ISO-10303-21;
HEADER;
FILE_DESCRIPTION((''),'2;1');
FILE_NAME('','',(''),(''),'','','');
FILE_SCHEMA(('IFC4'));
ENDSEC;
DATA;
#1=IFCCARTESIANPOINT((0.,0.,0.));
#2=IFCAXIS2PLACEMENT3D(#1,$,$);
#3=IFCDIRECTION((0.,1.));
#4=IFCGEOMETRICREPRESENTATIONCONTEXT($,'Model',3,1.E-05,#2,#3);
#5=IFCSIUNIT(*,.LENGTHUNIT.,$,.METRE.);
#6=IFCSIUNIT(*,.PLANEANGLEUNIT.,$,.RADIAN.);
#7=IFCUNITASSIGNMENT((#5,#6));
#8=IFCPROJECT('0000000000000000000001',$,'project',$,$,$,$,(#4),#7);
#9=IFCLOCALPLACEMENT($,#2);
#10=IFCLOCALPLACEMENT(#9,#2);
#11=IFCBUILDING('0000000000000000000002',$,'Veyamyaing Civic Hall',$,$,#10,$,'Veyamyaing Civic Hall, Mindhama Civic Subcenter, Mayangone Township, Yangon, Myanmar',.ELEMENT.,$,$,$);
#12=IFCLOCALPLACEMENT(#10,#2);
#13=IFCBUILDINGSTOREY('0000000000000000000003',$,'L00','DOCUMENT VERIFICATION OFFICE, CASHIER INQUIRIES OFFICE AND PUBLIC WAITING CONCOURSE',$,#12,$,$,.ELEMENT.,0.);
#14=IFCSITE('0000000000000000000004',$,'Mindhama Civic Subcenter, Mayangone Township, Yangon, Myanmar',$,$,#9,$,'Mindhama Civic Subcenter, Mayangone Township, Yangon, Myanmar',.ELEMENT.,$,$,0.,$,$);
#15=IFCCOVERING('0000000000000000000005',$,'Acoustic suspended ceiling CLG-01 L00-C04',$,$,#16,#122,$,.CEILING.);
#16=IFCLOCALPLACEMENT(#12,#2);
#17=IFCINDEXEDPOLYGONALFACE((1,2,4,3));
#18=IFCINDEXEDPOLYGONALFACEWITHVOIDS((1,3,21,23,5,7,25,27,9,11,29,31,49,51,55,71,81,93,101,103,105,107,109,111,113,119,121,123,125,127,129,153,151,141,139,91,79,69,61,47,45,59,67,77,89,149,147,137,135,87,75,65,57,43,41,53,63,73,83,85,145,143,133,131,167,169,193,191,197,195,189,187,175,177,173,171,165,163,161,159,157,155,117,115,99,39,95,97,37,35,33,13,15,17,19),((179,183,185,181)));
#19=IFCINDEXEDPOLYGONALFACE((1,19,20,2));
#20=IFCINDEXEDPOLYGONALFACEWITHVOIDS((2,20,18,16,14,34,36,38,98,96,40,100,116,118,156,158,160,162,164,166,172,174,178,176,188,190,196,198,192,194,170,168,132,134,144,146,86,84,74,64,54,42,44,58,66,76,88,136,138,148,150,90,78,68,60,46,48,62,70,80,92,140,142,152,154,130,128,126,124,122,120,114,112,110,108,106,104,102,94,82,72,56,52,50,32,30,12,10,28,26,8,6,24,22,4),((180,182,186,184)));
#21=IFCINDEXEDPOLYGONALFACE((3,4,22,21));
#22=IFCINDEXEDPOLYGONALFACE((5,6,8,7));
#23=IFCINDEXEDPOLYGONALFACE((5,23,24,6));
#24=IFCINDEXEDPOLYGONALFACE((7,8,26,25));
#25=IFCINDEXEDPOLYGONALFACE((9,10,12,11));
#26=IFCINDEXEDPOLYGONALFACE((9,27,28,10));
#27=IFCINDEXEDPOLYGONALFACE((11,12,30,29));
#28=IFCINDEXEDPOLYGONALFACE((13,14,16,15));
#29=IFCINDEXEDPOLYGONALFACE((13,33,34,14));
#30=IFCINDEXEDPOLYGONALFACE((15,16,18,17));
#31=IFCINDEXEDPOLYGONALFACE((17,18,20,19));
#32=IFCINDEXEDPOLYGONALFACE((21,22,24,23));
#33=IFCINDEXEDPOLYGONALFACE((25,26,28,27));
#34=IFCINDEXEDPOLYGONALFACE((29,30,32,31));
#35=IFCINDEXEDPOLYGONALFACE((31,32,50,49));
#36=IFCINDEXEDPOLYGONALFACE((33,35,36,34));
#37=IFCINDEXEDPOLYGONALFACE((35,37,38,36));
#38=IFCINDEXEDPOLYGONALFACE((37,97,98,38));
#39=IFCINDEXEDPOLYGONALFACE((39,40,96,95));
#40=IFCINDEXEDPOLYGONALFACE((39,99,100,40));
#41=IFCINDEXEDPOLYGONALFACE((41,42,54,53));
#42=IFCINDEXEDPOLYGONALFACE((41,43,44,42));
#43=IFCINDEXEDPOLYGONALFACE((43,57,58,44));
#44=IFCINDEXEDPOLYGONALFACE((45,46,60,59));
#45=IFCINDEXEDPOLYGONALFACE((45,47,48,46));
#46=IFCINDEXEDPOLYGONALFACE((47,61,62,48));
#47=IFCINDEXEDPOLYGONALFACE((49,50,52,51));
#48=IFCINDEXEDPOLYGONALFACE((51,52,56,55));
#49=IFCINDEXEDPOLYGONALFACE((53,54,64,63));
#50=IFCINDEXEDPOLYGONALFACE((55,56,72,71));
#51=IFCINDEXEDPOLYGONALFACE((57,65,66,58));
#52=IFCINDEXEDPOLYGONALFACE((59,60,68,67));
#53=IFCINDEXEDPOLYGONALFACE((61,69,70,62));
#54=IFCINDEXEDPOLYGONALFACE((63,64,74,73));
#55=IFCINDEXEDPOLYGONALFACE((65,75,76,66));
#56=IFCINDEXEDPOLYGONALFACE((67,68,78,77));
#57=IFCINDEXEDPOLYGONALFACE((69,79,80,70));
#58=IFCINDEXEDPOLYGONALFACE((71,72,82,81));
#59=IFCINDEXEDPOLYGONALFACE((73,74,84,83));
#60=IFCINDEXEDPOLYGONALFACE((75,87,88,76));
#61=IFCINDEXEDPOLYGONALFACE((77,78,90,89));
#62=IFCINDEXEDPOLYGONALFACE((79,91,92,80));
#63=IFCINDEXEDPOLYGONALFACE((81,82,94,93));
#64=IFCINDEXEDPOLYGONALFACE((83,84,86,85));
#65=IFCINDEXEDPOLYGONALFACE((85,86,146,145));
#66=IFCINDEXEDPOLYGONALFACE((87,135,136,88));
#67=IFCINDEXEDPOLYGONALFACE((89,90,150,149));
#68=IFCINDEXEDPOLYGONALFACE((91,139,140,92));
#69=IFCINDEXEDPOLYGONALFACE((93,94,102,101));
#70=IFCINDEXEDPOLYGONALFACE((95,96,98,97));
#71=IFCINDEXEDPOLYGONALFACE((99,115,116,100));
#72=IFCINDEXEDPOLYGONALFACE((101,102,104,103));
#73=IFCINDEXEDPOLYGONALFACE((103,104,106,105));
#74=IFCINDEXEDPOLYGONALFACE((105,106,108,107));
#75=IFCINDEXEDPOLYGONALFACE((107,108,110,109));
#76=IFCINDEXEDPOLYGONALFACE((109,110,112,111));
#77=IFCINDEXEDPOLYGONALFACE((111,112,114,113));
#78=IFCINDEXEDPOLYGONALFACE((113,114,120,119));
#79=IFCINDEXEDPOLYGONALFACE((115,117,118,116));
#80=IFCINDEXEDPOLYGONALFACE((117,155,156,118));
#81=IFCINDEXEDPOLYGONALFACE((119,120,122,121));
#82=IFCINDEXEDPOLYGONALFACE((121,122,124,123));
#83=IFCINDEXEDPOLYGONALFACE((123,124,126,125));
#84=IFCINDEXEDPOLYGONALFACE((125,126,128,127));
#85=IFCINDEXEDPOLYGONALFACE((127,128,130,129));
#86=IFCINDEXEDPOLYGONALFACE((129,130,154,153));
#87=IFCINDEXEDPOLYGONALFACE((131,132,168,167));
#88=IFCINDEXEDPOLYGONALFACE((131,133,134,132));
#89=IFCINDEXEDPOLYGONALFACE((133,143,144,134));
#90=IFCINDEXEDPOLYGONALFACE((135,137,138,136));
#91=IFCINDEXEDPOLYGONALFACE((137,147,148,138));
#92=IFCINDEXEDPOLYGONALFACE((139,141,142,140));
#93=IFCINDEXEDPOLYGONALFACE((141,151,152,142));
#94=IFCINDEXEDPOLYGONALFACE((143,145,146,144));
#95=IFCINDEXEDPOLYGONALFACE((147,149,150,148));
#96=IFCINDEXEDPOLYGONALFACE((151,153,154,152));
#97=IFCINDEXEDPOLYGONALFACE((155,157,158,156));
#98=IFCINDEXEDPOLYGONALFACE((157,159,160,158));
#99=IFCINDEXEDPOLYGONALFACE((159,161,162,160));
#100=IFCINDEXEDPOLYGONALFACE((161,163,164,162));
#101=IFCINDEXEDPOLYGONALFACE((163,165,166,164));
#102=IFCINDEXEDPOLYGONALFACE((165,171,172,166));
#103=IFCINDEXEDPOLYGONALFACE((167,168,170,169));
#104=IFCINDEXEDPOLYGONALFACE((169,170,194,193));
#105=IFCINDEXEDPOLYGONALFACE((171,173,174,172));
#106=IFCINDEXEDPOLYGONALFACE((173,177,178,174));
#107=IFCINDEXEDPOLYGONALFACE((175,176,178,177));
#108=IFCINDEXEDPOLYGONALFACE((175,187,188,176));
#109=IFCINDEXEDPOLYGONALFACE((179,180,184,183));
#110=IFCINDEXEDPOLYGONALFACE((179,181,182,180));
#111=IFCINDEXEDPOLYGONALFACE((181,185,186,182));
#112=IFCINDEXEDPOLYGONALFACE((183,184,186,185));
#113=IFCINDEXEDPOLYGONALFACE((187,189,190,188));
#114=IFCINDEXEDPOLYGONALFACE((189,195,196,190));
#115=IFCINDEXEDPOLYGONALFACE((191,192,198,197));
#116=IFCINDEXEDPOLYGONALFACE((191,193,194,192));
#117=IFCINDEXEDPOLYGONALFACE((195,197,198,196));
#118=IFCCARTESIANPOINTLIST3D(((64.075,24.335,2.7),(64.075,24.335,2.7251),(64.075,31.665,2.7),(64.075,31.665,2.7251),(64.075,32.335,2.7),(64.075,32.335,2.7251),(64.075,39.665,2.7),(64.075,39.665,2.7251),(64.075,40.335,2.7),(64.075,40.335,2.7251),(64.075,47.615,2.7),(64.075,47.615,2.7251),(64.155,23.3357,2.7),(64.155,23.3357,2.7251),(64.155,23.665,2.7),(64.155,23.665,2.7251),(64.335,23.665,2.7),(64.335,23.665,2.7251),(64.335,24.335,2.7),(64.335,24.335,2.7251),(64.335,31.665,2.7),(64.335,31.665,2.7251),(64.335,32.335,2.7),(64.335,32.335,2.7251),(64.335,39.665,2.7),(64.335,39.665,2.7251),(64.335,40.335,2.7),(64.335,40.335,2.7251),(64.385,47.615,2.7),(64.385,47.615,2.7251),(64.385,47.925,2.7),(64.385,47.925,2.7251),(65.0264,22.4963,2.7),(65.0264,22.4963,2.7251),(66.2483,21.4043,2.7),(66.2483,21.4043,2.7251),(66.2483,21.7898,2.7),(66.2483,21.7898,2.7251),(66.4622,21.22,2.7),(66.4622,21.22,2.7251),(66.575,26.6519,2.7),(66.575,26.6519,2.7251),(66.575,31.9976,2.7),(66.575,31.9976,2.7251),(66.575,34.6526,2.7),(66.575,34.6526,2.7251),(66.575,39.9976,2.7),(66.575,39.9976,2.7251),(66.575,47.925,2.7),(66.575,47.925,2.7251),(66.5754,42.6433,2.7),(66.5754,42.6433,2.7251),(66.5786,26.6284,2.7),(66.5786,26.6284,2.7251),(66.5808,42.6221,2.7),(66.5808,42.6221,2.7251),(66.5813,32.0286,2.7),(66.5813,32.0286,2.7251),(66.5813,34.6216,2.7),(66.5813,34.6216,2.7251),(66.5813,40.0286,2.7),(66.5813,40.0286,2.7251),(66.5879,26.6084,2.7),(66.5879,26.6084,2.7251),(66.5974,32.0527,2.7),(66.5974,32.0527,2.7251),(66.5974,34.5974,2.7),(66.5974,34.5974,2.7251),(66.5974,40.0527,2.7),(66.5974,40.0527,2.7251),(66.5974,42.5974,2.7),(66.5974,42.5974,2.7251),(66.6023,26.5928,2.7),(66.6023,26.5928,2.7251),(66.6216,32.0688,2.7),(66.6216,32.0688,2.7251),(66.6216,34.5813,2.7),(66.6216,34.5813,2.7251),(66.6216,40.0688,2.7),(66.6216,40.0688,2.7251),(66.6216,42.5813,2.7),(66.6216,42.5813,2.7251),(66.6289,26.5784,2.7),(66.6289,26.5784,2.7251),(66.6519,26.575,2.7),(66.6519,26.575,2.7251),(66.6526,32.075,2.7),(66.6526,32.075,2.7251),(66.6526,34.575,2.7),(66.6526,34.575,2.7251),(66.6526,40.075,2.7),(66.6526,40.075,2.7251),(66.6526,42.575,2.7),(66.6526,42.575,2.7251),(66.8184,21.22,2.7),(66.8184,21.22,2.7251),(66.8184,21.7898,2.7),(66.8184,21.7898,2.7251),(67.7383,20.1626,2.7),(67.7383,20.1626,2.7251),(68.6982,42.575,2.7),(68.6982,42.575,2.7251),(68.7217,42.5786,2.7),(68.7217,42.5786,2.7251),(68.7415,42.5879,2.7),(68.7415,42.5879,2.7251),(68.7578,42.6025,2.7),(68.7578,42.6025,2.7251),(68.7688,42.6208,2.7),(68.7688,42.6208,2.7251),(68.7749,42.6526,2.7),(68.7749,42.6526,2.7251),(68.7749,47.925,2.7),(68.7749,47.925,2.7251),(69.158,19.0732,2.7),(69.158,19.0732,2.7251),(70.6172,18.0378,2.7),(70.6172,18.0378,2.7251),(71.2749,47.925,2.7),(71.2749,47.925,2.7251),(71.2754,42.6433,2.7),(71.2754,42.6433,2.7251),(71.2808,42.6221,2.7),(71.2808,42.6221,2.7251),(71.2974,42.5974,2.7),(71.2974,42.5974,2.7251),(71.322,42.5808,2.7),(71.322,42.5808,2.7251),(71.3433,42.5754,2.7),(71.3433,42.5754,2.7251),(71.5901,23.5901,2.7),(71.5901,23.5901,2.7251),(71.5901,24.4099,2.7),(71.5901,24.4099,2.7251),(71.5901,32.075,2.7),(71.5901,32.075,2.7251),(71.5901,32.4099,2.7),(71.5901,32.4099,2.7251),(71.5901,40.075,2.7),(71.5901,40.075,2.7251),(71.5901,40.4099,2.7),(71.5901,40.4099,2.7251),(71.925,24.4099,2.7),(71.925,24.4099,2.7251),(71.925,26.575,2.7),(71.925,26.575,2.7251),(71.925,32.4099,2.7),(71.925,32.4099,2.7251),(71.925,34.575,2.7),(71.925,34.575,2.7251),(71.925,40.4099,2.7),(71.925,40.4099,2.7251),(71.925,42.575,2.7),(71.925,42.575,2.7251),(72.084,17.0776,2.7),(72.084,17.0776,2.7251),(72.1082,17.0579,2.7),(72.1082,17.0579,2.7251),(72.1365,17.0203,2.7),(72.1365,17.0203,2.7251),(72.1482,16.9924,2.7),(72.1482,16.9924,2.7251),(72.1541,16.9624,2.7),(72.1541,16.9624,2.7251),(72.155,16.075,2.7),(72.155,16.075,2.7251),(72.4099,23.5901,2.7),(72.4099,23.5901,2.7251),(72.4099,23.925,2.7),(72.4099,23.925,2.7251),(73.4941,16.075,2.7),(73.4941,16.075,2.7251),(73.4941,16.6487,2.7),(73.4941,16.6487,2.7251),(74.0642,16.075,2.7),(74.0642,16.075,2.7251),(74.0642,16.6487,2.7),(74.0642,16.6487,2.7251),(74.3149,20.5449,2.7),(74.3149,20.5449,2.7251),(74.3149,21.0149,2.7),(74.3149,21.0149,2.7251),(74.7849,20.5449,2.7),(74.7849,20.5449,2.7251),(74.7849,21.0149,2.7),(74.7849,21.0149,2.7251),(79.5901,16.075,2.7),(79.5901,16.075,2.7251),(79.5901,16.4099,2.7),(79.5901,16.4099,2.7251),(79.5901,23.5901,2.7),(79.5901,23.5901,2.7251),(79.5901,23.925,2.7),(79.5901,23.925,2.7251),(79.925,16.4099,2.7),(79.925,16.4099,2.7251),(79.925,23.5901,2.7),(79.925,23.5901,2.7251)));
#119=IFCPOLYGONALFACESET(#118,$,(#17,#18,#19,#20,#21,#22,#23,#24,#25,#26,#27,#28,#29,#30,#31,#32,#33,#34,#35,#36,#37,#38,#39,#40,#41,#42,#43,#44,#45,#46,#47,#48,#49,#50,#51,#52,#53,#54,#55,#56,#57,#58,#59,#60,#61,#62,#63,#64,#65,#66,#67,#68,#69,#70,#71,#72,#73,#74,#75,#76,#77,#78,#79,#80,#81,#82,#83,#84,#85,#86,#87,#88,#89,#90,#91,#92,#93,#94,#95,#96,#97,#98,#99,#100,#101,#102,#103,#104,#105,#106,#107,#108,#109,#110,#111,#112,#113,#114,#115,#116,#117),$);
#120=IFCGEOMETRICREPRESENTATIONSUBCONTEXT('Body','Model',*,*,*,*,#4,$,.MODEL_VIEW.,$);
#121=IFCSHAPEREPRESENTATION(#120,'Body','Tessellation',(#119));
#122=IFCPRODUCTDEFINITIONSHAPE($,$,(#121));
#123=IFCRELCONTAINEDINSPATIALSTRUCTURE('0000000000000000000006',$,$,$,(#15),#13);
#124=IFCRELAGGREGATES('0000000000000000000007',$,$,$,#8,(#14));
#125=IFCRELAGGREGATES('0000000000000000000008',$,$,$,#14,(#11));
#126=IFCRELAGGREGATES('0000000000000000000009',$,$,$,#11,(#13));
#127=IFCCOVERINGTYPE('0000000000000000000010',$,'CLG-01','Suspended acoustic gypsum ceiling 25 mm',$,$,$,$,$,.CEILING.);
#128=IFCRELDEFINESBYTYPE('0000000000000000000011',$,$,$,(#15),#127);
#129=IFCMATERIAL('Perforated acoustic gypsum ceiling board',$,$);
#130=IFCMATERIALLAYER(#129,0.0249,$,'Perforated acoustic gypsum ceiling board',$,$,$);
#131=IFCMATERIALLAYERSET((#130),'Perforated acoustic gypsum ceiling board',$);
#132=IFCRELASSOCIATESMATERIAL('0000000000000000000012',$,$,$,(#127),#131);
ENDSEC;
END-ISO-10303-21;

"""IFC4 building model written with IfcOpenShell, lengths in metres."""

from ifc_helpers import new_model, si_unit, direction, frame, origin, place, context, subcontext, project, spatial, polyline, outline, extrude, material, layer, layer_set, type_object, element, save


model = new_model("IFC4")

# Units and contexts
model_context = context("Model", 3, precision=1e-05, world=origin(), true_north=direction((0.0, 1.0)))
body_context = subcontext(model_context, "Body", "Model", "MODEL_VIEW")
ifc_project = project(units=[si_unit("LENGTHUNIT", "METRE"), si_unit("PLANEANGLEUNIT", "RADIAN")], contexts=[model_context])

# Site, building, storey
site_placement = place(None, origin())
site = spatial("IfcSite", under=ifc_project, at=site_placement, Name="Mindhama Civic Subcenter, Mayangone Township, Yangon, Myanmar", LongName="Mindhama Civic Subcenter, Mayangone Township, Yangon, Myanmar", CompositionType="ELEMENT", RefElevation=0.0)
building_placement = place(site_placement, origin())
building = spatial("IfcBuilding", under=site, at=building_placement, Name="Veyamyaing Civic Hall", LongName="Veyamyaing Civic Hall, Mindhama Civic Subcenter, Mayangone Township, Yangon, Myanmar", CompositionType="ELEMENT")
storey_placement = place(building_placement, origin())
storey = spatial("IfcBuildingStorey", under=building, at=storey_placement, Name="L00", Description="DOCUMENT VERIFICATION OFFICE, CASHIER INQUIRIES OFFICE AND PUBLIC WAITING CONCOURSE", CompositionType="ELEMENT", Elevation=0.0)

# Covering
ifc_material_1 = material(Name="Perforated acoustic gypsum ceiling board")
ifc_layer_1 = layer(ifc_material_1, 0.0249, Name="Perforated acoustic gypsum ceiling board")
ifc_layer_set_1 = layer_set([ifc_layer_1], Name="Perforated acoustic gypsum ceiling board")
covering_type_1 = type_object("IfcCoveringType", Name="CLG-01", Description="Suspended acoustic gypsum ceiling 25 mm", PredefinedType="CEILING", material=ifc_layer_set_1)
covering_1_placement = place(storey_placement, frame((0.0, 0.0, 2.7)))
element("IfcCovering", 1, at=covering_1_placement, inside=storey, type_object=covering_type_1, Name="Acoustic suspended ceiling CLG-01 L00-C04", PredefinedType="CEILING", context=body_context, shape_type="SweptSolid", body=[
    extrude(outline(polyline([(66.5808, 42.6221), (66.5974, 42.5974), (66.6216, 42.5813), (66.6526, 42.575), (68.6982, 42.575), (68.7217, 42.5786), (68.7415, 42.5879), (68.7578, 42.6025), (68.7688, 42.6208), (68.7749, 42.6526), (68.7749, 47.925), (71.2749, 47.925), (71.2754, 42.6433), (71.2808, 42.6221), (71.2974, 42.5974), (71.322, 42.5808), (71.3433, 42.5754), (71.925, 42.575), (71.925, 40.4099), (71.5901, 40.4099), (71.5901, 40.075), (66.6526, 40.075), (66.6216, 40.0688), (66.5974, 40.0527), (66.5813, 40.0286), (66.575, 39.9976), (66.575, 34.6526), (66.5813, 34.6216), (66.5974, 34.5974), (66.6216, 34.5813), (66.6526, 34.575), (71.925, 34.575), (71.925, 32.4099), (71.5901, 32.4099), (71.5901, 32.075), (66.6526, 32.075), (66.6216, 32.0688), (66.5974, 32.0527), (66.5813, 32.0286), (66.575, 31.9976), (66.575, 26.6519), (66.5786, 26.6284), (66.5879, 26.6084), (66.6023, 26.5928), (66.6289, 26.5784), (66.6519, 26.575), (71.925, 26.575), (71.925, 24.4099), (71.5901, 24.4099), (71.5901, 23.5901), (72.4099, 23.5901), (72.4099, 23.925), (79.5901, 23.925), (79.5901, 23.5901), (79.925, 23.5901), (79.925, 16.4099), (79.5901, 16.4099), (79.5901, 16.075), (74.0642, 16.075), (74.0642, 16.6487), (73.4941, 16.6487), (73.4941, 16.075), (72.155, 16.075), (72.1541, 16.9624), (72.1482, 16.9924), (72.1365, 17.0203), (72.1082, 17.0579), (72.084, 17.0776), (70.6172, 18.0378), (69.158, 19.0732), (67.7383, 20.1626), (66.4622, 21.22), (66.8184, 21.22), (66.8184, 21.7898), (66.2483, 21.7898), (66.2483, 21.4043), (65.0264, 22.4963), (64.155, 23.3357), (64.155, 23.665), (64.335, 23.665), (64.335, 24.335), (64.075, 24.335), (64.075, 31.665), (64.335, 31.665), (64.335, 32.335), (64.075, 32.335), (64.075, 39.665), (64.335, 39.665), (64.335, 40.335), (64.075, 40.335), (64.075, 47.615), (64.385, 47.615), (64.385, 47.925), (66.575, 47.925), (66.5754, 42.6433), (66.5808, 42.6221)]), holes=[polyline([(74.3149, 21.0149), (74.3149, 20.5449), (74.7849, 20.5449), (74.7849, 21.0149), (74.3149, 21.0149)])]), origin(), (0.0, 0.0, 1.0), 0.0251),
])

save(model, "model.ifc")
